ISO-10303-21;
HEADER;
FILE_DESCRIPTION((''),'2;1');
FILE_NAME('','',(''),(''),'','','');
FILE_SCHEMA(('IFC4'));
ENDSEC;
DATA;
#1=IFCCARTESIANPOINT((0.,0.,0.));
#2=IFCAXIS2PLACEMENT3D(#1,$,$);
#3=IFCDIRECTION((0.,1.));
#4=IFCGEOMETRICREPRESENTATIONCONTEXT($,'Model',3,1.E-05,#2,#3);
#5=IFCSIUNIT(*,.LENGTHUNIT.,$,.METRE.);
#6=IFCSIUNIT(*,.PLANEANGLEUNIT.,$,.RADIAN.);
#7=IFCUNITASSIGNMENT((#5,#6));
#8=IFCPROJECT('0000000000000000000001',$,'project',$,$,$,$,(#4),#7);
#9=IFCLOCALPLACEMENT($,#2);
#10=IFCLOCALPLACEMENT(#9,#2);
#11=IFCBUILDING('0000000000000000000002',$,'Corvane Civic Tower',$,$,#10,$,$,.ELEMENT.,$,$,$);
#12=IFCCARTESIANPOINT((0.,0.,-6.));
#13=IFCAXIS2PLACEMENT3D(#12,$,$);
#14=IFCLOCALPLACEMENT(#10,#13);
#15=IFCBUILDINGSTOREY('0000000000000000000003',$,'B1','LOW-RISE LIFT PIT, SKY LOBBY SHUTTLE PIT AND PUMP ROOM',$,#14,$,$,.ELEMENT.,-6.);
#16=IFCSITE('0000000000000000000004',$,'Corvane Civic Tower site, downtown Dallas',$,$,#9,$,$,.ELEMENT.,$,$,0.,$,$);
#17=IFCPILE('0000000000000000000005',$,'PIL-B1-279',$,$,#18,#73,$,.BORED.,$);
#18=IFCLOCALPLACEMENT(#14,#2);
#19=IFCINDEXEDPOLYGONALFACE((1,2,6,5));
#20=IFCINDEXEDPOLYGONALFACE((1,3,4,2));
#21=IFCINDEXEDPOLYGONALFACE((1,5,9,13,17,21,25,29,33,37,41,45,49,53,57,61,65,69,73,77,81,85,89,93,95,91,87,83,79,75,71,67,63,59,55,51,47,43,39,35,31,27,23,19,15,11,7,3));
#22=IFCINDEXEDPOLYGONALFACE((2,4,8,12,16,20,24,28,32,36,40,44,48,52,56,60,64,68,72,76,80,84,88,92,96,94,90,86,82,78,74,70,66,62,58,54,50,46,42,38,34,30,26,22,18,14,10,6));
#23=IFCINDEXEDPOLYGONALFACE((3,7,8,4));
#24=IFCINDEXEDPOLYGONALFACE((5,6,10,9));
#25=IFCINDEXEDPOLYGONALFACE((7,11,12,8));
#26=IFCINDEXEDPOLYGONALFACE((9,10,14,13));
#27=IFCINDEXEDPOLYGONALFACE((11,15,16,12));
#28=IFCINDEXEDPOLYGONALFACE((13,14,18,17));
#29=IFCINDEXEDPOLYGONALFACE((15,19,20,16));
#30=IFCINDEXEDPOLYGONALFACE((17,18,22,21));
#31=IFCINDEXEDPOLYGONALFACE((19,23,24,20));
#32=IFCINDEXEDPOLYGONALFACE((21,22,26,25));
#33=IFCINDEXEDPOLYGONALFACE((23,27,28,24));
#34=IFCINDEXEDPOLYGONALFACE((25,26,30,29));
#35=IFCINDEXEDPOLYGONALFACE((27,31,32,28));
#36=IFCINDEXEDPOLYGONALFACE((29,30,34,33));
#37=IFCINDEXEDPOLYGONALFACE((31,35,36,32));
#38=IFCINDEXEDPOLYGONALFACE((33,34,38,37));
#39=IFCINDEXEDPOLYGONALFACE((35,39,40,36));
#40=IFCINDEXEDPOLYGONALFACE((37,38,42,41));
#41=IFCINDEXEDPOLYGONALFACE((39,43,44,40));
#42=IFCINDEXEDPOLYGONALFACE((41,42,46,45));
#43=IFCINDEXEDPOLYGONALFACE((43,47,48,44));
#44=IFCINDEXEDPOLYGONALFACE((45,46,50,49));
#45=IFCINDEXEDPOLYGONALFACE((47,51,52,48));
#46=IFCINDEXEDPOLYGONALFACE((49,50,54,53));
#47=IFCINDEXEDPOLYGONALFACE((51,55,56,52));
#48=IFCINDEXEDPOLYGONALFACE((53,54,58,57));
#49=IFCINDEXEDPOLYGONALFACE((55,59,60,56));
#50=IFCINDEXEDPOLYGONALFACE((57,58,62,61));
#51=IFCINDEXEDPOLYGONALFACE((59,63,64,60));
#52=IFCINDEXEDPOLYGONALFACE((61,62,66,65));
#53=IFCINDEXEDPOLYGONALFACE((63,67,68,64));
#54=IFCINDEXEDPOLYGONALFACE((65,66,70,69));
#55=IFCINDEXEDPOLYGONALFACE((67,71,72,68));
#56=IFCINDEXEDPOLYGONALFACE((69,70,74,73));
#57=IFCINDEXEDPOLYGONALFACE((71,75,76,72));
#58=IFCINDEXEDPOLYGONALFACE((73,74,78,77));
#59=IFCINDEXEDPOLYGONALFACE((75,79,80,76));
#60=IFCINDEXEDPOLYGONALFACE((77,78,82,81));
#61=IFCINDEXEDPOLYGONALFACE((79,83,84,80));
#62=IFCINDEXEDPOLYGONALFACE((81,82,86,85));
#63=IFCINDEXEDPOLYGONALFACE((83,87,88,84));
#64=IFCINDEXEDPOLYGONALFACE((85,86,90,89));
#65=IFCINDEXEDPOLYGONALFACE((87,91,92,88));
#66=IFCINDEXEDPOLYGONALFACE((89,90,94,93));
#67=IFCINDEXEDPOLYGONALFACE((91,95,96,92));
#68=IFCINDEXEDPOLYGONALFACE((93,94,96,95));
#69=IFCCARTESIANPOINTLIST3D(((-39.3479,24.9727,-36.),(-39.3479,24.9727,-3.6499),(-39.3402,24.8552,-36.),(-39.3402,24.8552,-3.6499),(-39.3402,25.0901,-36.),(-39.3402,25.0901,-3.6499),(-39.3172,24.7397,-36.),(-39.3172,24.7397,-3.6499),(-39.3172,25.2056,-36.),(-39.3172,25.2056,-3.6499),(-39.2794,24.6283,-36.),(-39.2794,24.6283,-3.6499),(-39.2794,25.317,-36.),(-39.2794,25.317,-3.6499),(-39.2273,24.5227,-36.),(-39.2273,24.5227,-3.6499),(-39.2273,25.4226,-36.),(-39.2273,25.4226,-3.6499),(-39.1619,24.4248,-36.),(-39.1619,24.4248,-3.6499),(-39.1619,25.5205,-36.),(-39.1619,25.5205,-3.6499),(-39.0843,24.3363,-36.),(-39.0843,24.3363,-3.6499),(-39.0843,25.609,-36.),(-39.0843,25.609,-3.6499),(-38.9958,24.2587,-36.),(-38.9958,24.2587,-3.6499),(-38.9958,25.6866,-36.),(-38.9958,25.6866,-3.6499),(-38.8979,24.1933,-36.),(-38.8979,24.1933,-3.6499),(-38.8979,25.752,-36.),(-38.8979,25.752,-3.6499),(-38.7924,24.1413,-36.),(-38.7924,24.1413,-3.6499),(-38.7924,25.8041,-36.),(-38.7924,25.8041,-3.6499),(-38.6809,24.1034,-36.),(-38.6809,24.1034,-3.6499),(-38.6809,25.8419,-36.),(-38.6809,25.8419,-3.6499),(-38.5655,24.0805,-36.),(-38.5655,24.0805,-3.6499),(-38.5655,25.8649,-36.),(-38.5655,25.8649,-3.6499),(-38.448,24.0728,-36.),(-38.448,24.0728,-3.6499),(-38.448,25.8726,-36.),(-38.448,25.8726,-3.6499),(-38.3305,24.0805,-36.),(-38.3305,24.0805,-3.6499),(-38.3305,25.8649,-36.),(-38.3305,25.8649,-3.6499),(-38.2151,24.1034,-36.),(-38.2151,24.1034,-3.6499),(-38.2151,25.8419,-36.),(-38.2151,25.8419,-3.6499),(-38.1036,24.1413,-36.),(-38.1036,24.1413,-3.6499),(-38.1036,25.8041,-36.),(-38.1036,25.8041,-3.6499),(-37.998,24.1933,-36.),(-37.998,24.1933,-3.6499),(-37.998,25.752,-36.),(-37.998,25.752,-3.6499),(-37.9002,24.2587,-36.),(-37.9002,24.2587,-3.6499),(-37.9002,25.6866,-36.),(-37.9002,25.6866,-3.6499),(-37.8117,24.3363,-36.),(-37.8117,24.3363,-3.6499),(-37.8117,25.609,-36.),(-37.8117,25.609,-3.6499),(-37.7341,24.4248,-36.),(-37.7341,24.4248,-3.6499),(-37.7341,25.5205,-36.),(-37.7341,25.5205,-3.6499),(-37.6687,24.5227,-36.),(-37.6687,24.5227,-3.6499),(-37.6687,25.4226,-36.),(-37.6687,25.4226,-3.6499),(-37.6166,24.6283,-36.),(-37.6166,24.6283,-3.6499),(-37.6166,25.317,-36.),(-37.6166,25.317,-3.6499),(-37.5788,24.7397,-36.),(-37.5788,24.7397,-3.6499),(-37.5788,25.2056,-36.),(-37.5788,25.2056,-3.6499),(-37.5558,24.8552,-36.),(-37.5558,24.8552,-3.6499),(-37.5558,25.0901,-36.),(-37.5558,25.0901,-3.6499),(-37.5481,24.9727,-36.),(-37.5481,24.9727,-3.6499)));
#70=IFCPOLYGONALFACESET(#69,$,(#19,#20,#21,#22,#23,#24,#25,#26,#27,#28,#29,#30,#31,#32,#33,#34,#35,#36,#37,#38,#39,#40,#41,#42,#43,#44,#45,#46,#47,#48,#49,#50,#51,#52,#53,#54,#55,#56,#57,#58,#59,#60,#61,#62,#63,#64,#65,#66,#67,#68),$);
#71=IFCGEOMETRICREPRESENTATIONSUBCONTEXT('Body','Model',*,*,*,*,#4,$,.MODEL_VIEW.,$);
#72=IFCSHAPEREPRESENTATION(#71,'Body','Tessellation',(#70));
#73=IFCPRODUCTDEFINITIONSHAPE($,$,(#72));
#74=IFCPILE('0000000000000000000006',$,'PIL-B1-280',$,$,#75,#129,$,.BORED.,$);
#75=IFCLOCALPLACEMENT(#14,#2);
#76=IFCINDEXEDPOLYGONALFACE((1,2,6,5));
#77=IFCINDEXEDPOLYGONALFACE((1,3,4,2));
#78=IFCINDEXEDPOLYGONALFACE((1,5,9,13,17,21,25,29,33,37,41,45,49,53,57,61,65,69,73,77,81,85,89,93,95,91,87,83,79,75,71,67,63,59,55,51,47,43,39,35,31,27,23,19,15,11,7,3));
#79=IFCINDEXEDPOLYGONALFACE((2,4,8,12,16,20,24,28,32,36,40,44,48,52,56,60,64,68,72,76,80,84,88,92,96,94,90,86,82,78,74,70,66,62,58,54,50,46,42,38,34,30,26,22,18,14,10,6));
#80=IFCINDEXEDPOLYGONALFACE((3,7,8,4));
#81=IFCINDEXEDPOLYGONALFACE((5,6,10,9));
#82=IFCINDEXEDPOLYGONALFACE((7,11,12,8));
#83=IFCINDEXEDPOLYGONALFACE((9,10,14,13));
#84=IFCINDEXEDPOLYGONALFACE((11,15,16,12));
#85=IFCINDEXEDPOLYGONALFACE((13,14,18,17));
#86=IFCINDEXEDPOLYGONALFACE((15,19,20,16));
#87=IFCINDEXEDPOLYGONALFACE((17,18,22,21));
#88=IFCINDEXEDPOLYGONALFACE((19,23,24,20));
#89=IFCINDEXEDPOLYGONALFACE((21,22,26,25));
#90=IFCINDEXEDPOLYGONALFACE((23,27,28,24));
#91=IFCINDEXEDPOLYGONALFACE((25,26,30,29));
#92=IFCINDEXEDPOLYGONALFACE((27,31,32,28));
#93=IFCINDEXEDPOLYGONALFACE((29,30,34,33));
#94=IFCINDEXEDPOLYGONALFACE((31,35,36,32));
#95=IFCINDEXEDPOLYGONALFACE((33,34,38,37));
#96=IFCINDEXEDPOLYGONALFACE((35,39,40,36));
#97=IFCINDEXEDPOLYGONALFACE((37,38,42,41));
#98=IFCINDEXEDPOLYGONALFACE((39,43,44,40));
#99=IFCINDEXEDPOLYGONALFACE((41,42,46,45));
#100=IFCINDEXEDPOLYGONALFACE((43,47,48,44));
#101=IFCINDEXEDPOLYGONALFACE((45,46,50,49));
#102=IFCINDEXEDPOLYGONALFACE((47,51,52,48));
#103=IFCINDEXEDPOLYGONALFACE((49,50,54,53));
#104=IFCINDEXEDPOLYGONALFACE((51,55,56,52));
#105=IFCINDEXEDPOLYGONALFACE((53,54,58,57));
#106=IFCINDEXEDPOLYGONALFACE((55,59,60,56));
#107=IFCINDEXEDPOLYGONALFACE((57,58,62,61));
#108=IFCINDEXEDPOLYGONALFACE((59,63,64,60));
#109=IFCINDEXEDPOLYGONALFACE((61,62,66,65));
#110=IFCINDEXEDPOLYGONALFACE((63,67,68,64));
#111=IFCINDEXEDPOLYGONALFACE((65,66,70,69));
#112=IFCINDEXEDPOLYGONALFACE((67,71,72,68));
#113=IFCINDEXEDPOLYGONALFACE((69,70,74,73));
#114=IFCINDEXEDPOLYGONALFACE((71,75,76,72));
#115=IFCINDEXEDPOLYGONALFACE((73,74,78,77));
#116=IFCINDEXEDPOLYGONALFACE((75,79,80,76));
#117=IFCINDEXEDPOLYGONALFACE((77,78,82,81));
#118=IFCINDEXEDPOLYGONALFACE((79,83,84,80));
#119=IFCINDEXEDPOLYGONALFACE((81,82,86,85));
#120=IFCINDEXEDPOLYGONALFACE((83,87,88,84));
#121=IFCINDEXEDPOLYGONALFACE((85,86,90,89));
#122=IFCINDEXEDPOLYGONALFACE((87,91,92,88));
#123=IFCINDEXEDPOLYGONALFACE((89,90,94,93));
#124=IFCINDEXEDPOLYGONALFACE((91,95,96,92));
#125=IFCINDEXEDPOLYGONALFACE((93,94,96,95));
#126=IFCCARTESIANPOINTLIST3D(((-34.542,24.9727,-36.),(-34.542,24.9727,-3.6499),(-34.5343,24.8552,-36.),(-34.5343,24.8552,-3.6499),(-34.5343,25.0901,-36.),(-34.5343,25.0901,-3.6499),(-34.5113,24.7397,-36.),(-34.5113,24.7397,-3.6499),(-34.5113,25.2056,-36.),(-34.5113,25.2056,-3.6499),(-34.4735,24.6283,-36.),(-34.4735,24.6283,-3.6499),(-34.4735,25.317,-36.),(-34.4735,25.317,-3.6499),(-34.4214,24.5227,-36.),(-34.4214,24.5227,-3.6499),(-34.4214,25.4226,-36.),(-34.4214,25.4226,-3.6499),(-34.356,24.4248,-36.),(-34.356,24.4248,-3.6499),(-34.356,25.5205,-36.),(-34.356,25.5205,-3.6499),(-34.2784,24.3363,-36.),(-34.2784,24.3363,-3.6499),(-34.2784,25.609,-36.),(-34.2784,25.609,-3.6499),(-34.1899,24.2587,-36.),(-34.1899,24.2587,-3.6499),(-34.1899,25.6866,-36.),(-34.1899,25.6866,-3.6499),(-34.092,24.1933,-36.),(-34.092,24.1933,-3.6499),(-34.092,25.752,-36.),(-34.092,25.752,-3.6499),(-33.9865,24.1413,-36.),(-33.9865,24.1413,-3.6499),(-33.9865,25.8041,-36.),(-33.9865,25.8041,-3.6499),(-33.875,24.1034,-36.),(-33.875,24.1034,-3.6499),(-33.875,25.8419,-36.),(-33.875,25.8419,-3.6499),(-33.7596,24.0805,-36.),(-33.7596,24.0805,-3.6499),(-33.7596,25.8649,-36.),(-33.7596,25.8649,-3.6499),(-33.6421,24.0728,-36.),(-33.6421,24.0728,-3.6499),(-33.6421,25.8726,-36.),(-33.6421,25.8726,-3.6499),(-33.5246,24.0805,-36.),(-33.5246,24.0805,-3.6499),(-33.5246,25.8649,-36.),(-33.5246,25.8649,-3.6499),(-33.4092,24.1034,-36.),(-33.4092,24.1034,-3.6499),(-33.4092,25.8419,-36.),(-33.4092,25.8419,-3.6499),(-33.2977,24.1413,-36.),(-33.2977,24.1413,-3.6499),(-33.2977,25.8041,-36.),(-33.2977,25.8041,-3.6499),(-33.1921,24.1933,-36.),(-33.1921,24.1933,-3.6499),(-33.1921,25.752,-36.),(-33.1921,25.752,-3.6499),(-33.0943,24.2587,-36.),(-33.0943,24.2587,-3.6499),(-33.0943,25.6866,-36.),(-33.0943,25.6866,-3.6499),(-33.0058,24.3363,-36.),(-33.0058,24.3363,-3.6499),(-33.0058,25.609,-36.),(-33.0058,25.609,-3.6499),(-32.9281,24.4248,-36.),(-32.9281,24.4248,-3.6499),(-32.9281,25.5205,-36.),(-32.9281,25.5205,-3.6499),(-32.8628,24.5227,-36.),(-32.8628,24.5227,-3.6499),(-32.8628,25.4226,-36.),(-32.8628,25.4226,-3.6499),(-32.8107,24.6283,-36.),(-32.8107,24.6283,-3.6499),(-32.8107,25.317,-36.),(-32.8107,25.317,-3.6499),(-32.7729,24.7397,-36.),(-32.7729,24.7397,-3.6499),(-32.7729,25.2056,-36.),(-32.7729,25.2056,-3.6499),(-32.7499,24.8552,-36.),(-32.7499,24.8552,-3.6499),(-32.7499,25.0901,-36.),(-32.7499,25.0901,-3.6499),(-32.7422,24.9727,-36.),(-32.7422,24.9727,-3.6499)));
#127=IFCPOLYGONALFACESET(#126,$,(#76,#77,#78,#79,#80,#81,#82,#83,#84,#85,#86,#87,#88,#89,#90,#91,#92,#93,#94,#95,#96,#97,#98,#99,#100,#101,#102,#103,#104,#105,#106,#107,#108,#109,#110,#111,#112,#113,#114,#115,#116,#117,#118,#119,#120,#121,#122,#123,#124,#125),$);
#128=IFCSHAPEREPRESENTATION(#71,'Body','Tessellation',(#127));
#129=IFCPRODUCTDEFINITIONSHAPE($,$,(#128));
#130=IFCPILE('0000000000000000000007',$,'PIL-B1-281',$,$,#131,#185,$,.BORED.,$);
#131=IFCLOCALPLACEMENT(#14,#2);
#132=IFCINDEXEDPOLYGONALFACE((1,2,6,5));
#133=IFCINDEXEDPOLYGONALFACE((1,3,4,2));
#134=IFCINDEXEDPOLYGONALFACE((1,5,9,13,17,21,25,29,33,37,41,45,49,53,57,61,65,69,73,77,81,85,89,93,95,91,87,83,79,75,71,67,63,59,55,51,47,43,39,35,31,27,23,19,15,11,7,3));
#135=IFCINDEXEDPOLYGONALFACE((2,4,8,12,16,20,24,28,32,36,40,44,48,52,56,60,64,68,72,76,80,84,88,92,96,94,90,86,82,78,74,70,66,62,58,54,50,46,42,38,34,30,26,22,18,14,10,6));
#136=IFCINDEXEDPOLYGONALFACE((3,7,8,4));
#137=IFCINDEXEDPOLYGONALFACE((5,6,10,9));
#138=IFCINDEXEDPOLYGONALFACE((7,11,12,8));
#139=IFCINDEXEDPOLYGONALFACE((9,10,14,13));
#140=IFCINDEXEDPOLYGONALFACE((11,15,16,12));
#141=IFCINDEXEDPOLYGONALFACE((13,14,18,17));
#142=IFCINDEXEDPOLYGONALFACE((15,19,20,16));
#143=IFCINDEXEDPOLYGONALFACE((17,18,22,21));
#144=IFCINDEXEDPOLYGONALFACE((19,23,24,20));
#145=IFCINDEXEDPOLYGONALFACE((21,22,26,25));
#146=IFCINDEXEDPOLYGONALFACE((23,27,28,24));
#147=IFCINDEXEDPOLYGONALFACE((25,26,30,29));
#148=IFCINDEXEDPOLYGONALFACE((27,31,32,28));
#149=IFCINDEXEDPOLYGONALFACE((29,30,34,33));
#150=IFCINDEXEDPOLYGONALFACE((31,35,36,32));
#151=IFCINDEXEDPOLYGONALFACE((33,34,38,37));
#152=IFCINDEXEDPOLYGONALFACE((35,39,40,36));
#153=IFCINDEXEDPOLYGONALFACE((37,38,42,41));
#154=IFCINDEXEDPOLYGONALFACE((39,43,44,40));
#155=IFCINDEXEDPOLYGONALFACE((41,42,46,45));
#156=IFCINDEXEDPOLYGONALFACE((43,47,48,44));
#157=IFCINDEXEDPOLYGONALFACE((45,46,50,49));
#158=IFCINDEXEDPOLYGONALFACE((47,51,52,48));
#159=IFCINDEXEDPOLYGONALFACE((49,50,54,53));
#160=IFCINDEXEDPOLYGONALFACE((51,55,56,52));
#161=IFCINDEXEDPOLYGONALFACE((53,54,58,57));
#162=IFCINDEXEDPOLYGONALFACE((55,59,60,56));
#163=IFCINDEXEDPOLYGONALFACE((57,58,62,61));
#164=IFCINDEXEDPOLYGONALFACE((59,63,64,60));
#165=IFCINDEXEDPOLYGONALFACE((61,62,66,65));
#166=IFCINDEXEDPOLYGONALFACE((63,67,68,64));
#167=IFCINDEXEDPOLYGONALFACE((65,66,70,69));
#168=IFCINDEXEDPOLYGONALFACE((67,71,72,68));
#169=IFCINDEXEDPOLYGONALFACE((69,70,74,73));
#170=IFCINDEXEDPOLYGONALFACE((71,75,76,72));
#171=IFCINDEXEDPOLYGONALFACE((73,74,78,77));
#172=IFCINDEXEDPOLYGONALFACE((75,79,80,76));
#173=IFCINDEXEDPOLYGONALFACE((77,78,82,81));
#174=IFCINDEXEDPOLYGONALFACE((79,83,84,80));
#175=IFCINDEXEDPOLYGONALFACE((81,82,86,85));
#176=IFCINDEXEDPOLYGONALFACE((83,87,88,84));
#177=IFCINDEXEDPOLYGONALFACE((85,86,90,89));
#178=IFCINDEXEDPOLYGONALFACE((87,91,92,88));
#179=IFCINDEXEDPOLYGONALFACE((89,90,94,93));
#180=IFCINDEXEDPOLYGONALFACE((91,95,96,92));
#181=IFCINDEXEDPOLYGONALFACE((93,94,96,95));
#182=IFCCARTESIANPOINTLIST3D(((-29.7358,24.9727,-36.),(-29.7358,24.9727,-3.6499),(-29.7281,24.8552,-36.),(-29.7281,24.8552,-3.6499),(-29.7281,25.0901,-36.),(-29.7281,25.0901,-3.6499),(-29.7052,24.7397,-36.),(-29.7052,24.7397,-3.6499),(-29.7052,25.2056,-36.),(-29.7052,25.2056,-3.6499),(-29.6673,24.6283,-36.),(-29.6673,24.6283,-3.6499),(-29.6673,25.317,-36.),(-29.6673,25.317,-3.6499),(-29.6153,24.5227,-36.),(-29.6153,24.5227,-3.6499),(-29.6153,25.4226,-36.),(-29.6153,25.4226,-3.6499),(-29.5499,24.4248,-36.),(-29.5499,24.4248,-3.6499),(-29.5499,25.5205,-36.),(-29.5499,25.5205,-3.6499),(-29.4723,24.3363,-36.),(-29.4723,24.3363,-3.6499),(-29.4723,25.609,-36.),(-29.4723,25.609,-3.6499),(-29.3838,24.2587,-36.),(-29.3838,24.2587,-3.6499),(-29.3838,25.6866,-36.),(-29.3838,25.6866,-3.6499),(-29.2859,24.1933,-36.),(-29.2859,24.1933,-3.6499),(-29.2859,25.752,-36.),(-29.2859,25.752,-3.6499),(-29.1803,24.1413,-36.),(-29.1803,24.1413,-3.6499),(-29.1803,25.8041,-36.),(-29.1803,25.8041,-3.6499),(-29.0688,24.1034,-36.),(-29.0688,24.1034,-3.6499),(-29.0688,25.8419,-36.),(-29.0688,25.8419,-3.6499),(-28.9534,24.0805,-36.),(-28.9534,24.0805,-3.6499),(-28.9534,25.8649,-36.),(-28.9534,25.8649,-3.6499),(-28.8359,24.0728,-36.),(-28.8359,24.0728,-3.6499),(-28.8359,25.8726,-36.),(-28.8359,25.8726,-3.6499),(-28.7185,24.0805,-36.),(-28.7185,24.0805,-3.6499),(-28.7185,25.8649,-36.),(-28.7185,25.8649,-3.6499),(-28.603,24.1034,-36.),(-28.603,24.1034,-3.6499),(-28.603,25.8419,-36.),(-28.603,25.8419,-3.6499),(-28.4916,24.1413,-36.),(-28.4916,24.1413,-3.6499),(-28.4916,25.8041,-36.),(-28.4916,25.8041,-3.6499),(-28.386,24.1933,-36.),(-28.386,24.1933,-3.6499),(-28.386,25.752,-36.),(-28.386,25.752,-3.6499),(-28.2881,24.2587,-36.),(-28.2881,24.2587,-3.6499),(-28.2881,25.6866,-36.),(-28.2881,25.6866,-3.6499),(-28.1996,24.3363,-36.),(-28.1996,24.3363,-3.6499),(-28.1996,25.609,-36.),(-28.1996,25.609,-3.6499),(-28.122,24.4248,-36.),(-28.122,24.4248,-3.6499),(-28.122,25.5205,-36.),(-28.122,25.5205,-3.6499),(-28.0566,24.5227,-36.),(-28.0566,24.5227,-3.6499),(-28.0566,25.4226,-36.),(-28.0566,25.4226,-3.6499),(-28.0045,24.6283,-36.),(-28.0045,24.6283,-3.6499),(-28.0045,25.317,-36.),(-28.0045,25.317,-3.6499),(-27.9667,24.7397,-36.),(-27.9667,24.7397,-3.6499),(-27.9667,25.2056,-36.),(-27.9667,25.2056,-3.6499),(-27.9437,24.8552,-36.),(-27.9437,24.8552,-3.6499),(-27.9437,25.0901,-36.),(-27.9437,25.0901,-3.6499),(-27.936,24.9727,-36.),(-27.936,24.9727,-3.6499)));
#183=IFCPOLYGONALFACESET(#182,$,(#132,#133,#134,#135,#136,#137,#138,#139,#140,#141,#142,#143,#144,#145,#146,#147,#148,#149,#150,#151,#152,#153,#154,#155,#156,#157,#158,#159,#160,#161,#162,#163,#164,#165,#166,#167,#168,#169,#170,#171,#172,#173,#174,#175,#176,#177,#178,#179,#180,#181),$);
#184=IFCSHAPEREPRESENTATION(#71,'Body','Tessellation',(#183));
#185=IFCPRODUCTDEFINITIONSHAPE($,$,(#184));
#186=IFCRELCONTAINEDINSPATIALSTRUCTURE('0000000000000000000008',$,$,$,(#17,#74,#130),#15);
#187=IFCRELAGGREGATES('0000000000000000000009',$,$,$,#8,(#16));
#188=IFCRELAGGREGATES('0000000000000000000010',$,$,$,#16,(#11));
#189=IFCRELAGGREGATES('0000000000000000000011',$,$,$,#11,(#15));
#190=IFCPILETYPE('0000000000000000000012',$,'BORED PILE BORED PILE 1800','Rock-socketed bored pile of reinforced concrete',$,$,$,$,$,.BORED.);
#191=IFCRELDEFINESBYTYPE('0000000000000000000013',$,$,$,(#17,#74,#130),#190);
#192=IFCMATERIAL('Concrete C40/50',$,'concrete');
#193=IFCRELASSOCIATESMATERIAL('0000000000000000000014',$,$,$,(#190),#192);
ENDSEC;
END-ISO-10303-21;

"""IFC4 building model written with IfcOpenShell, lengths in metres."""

from ifc_helpers import new_model, si_unit, direction, frame, origin, origin_2d, place, context, subcontext, project, spatial, circle, extrude, material, material_profile, profile_set, type_object, element, save


model = new_model("IFC4")

# Units and contexts
model_context = context("Model", 3, precision=1e-05, world=origin(), true_north=direction((0.0, 1.0)))
body_context = subcontext(model_context, "Body", "Model", "MODEL_VIEW")
ifc_project = project(units=[si_unit("LENGTHUNIT", "METRE"), si_unit("PLANEANGLEUNIT", "RADIAN")], contexts=[model_context])

# Site, building, storey
site_placement = place(None, origin())
site = spatial("IfcSite", under=ifc_project, at=site_placement, Name="Corvane Civic Tower site, downtown Dallas", CompositionType="ELEMENT", RefElevation=0.0)
building_placement = place(site_placement, origin())
building = spatial("IfcBuilding", under=site, at=building_placement, Name="Corvane Civic Tower", CompositionType="ELEMENT")
storey_placement = place(building_placement, frame((0.0, 0.0, -6.0)))
storey = spatial("IfcBuildingStorey", under=building, at=storey_placement, Name="B1", Description="LOW-RISE LIFT PIT, SKY LOBBY SHUTTLE PIT AND PUMP ROOM", CompositionType="ELEMENT", Elevation=-6.0)

# Piles
ifc_material_1 = material(Name="Concrete C40/50", Category="concrete")
ifc_material_profile_1 = material_profile(ifc_material_1, circle(Radius=0.8999, at=origin_2d()), Name="BORED PILE 1800")
ifc_profile_set_1 = profile_set([ifc_material_profile_1], Name="Concrete C40/50")
pile_type_1 = type_object("IfcPileType", Name="BORED PILE BORED PILE 1800", Description="Rock-socketed bored pile of reinforced concrete", PredefinedType="BORED", material=ifc_profile_set_1)
for number, where, z_axis, x_axis, name in (
    (1, (-38.448, 24.9727, -3.6499), (0.0, 0.0, -1.0), (1.0, 0.0, 0.0), "PIL-B1-279"),
    (2, (-33.6421, 24.9727, -3.6499), (0.0, 0.0, -1.0), (1.0, 0.0, 0.0), "PIL-B1-280"),
    (3, (-28.8359, 24.9727, -3.6499), (0.0, 0.0, -1.0), (1.0, 0.0, 0.0), "PIL-B1-281"),
):
    element("IfcPile", number, at=place(storey_placement, frame(where, z_axis=z_axis, x_axis=x_axis)), inside=storey, type_object=pile_type_1, Name=name, PredefinedType="BORED", context=body_context, shape_type="SweptSolid", body=[
        extrude(circle(Radius=0.8999, at=origin_2d()), origin(), (0.0, 0.0, 1.0), 32.3501),
    ])

save(model, "model.ifc")
